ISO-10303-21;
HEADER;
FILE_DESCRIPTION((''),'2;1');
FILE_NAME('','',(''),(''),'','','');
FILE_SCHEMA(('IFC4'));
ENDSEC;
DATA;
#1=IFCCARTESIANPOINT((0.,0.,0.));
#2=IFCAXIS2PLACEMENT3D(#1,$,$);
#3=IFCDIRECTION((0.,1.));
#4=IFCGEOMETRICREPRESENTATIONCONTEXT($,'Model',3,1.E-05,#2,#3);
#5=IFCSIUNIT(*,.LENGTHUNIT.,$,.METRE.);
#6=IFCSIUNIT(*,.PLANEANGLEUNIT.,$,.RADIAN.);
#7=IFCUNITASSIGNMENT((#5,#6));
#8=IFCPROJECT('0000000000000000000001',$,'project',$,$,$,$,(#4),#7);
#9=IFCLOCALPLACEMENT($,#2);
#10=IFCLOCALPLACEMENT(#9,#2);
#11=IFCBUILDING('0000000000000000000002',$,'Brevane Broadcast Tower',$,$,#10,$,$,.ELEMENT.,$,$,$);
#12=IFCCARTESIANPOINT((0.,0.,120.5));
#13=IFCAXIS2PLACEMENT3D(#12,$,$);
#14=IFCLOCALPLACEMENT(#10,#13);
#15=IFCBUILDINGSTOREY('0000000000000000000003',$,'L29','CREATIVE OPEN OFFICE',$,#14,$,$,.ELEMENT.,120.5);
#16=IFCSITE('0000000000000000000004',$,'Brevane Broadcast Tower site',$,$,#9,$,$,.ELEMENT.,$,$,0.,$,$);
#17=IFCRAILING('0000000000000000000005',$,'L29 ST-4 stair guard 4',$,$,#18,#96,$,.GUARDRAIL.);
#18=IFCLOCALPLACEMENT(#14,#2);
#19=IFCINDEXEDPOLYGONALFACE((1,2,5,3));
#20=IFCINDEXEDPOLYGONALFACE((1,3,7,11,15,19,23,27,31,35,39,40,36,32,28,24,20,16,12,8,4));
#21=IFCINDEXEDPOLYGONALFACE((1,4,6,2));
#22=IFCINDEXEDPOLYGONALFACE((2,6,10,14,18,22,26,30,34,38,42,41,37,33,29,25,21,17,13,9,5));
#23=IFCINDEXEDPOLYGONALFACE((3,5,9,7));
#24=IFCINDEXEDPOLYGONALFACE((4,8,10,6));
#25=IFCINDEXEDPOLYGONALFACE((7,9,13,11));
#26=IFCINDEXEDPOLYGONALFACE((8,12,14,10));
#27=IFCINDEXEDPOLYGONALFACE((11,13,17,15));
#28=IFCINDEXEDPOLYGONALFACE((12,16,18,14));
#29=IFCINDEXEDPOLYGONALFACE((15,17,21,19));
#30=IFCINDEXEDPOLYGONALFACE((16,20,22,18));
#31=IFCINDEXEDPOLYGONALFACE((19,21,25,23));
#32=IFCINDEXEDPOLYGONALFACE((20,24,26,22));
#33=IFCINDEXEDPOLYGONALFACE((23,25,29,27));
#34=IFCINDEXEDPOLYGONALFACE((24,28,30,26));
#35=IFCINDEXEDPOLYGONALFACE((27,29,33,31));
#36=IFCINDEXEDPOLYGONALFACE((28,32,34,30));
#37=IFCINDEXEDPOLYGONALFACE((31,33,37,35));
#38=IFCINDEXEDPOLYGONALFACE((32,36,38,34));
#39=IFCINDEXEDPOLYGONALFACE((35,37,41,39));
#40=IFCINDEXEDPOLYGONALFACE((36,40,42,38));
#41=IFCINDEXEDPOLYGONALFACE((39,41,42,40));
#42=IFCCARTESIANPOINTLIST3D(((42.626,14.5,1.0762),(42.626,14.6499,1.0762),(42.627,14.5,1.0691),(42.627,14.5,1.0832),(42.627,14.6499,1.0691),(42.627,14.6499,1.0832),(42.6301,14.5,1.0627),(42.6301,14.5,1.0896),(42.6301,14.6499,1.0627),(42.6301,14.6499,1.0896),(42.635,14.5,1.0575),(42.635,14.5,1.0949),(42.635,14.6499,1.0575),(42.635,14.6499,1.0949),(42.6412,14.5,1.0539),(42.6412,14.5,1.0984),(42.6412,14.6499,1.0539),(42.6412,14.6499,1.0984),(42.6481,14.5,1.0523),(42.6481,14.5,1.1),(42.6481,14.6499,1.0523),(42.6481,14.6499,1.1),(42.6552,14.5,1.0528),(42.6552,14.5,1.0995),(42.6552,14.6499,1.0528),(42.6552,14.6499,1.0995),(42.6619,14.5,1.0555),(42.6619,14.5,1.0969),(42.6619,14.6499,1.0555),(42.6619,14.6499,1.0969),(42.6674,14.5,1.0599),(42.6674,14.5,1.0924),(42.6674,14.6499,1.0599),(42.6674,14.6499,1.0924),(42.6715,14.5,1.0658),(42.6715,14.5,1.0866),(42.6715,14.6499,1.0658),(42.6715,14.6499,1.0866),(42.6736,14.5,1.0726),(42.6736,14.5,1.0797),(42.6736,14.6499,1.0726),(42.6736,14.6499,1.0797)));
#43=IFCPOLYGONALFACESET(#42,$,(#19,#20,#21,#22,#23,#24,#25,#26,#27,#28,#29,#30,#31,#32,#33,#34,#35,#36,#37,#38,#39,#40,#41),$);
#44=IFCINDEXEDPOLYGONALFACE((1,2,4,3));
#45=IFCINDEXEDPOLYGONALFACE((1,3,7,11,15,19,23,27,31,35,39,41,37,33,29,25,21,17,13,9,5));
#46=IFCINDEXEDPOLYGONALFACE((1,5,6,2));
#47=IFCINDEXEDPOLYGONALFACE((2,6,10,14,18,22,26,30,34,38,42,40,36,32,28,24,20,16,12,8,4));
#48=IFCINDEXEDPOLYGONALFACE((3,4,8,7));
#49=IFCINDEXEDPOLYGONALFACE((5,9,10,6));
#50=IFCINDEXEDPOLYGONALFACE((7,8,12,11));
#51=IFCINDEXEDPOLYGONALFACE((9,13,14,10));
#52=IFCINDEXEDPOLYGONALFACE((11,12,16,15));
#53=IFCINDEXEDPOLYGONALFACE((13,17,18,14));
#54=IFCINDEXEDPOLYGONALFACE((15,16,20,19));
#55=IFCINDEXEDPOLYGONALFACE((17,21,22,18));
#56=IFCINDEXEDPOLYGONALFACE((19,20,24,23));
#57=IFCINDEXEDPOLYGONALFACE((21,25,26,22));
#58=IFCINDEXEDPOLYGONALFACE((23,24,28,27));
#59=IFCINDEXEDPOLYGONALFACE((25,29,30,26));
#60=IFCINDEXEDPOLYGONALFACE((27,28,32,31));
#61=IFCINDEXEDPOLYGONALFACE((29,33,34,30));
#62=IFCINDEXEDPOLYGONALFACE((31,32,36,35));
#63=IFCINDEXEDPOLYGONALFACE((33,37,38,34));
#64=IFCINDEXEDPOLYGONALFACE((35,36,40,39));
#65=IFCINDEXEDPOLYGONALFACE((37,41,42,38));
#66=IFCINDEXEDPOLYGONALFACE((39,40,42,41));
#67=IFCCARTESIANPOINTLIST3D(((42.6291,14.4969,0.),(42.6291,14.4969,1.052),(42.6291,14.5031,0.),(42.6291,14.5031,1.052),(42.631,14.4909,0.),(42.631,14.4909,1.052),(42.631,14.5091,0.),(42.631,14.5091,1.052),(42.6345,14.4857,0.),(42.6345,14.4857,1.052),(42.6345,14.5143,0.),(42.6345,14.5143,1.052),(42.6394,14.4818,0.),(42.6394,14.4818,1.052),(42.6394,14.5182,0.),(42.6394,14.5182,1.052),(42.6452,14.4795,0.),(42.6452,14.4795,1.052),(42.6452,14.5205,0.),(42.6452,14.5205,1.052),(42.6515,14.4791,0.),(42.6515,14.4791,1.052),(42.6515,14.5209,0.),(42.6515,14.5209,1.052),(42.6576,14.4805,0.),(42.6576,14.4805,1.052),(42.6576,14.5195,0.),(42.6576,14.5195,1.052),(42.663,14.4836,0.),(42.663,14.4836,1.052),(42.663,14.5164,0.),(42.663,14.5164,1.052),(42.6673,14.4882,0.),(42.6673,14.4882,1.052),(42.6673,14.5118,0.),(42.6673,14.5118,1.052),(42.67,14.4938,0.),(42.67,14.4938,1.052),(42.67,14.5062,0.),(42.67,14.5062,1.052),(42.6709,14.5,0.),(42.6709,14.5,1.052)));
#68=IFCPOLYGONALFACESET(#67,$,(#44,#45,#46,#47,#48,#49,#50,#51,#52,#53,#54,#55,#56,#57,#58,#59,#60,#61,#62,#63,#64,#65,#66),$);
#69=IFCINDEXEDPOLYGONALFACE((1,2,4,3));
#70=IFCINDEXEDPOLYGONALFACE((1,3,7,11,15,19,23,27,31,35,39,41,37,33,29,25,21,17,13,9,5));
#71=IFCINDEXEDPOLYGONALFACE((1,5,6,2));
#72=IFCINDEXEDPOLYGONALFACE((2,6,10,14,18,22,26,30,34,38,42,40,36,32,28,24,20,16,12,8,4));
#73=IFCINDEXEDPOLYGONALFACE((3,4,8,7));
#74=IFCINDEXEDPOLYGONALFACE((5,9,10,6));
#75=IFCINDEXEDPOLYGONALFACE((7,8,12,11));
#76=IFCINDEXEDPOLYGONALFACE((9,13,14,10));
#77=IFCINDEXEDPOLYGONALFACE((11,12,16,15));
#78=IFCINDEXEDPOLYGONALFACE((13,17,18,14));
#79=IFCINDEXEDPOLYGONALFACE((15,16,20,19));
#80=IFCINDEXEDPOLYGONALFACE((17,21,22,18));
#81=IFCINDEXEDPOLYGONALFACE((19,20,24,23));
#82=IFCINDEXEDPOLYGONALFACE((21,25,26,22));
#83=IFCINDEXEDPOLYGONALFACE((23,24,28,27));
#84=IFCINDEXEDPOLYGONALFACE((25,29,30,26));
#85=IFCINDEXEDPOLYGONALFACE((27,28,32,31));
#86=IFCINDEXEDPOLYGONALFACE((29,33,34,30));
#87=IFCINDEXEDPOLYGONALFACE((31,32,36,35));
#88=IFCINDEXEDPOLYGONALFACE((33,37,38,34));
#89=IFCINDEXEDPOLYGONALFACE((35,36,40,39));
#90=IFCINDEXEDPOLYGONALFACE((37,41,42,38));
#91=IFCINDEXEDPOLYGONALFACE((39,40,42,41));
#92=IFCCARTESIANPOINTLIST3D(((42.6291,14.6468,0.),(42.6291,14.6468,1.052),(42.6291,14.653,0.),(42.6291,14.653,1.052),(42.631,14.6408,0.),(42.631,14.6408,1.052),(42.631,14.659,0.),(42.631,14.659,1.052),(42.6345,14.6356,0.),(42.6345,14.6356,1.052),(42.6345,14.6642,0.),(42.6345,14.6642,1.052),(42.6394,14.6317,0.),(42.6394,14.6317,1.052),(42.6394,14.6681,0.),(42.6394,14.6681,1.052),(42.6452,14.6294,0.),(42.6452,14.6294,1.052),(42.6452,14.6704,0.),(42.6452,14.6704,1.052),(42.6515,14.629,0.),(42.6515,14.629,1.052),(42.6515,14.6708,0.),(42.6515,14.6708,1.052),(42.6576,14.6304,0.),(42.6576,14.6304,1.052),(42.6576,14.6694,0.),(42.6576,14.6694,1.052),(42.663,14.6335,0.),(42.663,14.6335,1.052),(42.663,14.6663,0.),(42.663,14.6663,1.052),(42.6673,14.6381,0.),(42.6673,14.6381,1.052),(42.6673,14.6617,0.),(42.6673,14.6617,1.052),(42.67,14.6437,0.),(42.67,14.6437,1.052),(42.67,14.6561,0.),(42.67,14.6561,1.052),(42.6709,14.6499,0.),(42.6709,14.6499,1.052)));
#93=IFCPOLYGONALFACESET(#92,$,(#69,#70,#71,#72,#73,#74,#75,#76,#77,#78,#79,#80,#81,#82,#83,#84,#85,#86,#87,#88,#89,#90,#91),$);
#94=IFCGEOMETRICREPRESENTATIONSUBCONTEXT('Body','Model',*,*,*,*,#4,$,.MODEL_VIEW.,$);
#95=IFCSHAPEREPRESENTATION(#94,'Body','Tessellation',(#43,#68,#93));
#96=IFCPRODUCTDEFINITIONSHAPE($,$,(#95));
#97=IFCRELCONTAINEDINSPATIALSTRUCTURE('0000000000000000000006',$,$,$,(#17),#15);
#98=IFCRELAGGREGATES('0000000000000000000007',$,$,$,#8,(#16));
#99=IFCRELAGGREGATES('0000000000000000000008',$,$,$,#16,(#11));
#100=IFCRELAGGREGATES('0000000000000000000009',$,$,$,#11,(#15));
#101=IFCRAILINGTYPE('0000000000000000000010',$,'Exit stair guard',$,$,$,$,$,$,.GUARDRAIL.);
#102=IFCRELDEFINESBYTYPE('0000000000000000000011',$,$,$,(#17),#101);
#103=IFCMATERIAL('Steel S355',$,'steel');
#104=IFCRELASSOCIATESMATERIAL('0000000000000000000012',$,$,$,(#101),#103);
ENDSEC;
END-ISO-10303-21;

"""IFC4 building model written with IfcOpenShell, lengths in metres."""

from ifc_helpers import new_model, si_unit, direction, frame, origin, origin_2d, place, context, subcontext, project, spatial, circle, extrude, material, type_object, element, save


model = new_model("IFC4")

# Units and contexts
model_context = context("Model", 3, precision=1e-05, world=origin(), true_north=direction((0.0, 1.0)))
body_context = subcontext(model_context, "Body", "Model", "MODEL_VIEW")
ifc_project = project(units=[si_unit("LENGTHUNIT", "METRE"), si_unit("PLANEANGLEUNIT", "RADIAN")], contexts=[model_context])

# Site, building, storey
site_placement = place(None, origin())
site = spatial("IfcSite", under=ifc_project, at=site_placement, Name="Brevane Broadcast Tower site", CompositionType="ELEMENT", RefElevation=0.0)
building_placement = place(site_placement, origin())
building = spatial("IfcBuilding", under=site, at=building_placement, Name="Brevane Broadcast Tower", CompositionType="ELEMENT")
storey_placement = place(building_placement, frame((0.0, 0.0, 120.5)))
storey = spatial("IfcBuildingStorey", under=building, at=storey_placement, Name="L29", Description="CREATIVE OPEN OFFICE", CompositionType="ELEMENT", Elevation=120.5)

# Railing
ifc_material_1 = material(Name="Steel S355", Category="steel")
railing_type_1 = type_object("IfcRailingType", Name="Exit stair guard", PredefinedType="GUARDRAIL", material=ifc_material_1)
railing_1_placement = place(storey_placement, frame((42.6499, 14.5, 0.0)))
element("IfcRailing", 1, at=railing_1_placement, inside=storey, type_object=railing_type_1, Name="L29 ST-4 stair guard 4", PredefinedType="GUARDRAIL", context=body_context, shape_type="SweptSolid", body=[
    extrude(circle(Radius=0.0239, at=origin_2d()), frame((0.0, 0.0, 1.0762), z_axis=(0.0, 1.0, 0.0), x_axis=(-1.0, 0.0, 0.0)), (0.0, 0.0, 1.0), 0.1499),
    extrude(circle(Radius=0.021, at=origin_2d()), origin(), (0.0, 0.0, 1.0), 1.052),
    extrude(circle(Radius=0.021, at=origin_2d()), frame((0.0, 0.1499, 0.0)), (0.0, 0.0, 1.0), 1.052),
])

save(model, "model.ifc")
